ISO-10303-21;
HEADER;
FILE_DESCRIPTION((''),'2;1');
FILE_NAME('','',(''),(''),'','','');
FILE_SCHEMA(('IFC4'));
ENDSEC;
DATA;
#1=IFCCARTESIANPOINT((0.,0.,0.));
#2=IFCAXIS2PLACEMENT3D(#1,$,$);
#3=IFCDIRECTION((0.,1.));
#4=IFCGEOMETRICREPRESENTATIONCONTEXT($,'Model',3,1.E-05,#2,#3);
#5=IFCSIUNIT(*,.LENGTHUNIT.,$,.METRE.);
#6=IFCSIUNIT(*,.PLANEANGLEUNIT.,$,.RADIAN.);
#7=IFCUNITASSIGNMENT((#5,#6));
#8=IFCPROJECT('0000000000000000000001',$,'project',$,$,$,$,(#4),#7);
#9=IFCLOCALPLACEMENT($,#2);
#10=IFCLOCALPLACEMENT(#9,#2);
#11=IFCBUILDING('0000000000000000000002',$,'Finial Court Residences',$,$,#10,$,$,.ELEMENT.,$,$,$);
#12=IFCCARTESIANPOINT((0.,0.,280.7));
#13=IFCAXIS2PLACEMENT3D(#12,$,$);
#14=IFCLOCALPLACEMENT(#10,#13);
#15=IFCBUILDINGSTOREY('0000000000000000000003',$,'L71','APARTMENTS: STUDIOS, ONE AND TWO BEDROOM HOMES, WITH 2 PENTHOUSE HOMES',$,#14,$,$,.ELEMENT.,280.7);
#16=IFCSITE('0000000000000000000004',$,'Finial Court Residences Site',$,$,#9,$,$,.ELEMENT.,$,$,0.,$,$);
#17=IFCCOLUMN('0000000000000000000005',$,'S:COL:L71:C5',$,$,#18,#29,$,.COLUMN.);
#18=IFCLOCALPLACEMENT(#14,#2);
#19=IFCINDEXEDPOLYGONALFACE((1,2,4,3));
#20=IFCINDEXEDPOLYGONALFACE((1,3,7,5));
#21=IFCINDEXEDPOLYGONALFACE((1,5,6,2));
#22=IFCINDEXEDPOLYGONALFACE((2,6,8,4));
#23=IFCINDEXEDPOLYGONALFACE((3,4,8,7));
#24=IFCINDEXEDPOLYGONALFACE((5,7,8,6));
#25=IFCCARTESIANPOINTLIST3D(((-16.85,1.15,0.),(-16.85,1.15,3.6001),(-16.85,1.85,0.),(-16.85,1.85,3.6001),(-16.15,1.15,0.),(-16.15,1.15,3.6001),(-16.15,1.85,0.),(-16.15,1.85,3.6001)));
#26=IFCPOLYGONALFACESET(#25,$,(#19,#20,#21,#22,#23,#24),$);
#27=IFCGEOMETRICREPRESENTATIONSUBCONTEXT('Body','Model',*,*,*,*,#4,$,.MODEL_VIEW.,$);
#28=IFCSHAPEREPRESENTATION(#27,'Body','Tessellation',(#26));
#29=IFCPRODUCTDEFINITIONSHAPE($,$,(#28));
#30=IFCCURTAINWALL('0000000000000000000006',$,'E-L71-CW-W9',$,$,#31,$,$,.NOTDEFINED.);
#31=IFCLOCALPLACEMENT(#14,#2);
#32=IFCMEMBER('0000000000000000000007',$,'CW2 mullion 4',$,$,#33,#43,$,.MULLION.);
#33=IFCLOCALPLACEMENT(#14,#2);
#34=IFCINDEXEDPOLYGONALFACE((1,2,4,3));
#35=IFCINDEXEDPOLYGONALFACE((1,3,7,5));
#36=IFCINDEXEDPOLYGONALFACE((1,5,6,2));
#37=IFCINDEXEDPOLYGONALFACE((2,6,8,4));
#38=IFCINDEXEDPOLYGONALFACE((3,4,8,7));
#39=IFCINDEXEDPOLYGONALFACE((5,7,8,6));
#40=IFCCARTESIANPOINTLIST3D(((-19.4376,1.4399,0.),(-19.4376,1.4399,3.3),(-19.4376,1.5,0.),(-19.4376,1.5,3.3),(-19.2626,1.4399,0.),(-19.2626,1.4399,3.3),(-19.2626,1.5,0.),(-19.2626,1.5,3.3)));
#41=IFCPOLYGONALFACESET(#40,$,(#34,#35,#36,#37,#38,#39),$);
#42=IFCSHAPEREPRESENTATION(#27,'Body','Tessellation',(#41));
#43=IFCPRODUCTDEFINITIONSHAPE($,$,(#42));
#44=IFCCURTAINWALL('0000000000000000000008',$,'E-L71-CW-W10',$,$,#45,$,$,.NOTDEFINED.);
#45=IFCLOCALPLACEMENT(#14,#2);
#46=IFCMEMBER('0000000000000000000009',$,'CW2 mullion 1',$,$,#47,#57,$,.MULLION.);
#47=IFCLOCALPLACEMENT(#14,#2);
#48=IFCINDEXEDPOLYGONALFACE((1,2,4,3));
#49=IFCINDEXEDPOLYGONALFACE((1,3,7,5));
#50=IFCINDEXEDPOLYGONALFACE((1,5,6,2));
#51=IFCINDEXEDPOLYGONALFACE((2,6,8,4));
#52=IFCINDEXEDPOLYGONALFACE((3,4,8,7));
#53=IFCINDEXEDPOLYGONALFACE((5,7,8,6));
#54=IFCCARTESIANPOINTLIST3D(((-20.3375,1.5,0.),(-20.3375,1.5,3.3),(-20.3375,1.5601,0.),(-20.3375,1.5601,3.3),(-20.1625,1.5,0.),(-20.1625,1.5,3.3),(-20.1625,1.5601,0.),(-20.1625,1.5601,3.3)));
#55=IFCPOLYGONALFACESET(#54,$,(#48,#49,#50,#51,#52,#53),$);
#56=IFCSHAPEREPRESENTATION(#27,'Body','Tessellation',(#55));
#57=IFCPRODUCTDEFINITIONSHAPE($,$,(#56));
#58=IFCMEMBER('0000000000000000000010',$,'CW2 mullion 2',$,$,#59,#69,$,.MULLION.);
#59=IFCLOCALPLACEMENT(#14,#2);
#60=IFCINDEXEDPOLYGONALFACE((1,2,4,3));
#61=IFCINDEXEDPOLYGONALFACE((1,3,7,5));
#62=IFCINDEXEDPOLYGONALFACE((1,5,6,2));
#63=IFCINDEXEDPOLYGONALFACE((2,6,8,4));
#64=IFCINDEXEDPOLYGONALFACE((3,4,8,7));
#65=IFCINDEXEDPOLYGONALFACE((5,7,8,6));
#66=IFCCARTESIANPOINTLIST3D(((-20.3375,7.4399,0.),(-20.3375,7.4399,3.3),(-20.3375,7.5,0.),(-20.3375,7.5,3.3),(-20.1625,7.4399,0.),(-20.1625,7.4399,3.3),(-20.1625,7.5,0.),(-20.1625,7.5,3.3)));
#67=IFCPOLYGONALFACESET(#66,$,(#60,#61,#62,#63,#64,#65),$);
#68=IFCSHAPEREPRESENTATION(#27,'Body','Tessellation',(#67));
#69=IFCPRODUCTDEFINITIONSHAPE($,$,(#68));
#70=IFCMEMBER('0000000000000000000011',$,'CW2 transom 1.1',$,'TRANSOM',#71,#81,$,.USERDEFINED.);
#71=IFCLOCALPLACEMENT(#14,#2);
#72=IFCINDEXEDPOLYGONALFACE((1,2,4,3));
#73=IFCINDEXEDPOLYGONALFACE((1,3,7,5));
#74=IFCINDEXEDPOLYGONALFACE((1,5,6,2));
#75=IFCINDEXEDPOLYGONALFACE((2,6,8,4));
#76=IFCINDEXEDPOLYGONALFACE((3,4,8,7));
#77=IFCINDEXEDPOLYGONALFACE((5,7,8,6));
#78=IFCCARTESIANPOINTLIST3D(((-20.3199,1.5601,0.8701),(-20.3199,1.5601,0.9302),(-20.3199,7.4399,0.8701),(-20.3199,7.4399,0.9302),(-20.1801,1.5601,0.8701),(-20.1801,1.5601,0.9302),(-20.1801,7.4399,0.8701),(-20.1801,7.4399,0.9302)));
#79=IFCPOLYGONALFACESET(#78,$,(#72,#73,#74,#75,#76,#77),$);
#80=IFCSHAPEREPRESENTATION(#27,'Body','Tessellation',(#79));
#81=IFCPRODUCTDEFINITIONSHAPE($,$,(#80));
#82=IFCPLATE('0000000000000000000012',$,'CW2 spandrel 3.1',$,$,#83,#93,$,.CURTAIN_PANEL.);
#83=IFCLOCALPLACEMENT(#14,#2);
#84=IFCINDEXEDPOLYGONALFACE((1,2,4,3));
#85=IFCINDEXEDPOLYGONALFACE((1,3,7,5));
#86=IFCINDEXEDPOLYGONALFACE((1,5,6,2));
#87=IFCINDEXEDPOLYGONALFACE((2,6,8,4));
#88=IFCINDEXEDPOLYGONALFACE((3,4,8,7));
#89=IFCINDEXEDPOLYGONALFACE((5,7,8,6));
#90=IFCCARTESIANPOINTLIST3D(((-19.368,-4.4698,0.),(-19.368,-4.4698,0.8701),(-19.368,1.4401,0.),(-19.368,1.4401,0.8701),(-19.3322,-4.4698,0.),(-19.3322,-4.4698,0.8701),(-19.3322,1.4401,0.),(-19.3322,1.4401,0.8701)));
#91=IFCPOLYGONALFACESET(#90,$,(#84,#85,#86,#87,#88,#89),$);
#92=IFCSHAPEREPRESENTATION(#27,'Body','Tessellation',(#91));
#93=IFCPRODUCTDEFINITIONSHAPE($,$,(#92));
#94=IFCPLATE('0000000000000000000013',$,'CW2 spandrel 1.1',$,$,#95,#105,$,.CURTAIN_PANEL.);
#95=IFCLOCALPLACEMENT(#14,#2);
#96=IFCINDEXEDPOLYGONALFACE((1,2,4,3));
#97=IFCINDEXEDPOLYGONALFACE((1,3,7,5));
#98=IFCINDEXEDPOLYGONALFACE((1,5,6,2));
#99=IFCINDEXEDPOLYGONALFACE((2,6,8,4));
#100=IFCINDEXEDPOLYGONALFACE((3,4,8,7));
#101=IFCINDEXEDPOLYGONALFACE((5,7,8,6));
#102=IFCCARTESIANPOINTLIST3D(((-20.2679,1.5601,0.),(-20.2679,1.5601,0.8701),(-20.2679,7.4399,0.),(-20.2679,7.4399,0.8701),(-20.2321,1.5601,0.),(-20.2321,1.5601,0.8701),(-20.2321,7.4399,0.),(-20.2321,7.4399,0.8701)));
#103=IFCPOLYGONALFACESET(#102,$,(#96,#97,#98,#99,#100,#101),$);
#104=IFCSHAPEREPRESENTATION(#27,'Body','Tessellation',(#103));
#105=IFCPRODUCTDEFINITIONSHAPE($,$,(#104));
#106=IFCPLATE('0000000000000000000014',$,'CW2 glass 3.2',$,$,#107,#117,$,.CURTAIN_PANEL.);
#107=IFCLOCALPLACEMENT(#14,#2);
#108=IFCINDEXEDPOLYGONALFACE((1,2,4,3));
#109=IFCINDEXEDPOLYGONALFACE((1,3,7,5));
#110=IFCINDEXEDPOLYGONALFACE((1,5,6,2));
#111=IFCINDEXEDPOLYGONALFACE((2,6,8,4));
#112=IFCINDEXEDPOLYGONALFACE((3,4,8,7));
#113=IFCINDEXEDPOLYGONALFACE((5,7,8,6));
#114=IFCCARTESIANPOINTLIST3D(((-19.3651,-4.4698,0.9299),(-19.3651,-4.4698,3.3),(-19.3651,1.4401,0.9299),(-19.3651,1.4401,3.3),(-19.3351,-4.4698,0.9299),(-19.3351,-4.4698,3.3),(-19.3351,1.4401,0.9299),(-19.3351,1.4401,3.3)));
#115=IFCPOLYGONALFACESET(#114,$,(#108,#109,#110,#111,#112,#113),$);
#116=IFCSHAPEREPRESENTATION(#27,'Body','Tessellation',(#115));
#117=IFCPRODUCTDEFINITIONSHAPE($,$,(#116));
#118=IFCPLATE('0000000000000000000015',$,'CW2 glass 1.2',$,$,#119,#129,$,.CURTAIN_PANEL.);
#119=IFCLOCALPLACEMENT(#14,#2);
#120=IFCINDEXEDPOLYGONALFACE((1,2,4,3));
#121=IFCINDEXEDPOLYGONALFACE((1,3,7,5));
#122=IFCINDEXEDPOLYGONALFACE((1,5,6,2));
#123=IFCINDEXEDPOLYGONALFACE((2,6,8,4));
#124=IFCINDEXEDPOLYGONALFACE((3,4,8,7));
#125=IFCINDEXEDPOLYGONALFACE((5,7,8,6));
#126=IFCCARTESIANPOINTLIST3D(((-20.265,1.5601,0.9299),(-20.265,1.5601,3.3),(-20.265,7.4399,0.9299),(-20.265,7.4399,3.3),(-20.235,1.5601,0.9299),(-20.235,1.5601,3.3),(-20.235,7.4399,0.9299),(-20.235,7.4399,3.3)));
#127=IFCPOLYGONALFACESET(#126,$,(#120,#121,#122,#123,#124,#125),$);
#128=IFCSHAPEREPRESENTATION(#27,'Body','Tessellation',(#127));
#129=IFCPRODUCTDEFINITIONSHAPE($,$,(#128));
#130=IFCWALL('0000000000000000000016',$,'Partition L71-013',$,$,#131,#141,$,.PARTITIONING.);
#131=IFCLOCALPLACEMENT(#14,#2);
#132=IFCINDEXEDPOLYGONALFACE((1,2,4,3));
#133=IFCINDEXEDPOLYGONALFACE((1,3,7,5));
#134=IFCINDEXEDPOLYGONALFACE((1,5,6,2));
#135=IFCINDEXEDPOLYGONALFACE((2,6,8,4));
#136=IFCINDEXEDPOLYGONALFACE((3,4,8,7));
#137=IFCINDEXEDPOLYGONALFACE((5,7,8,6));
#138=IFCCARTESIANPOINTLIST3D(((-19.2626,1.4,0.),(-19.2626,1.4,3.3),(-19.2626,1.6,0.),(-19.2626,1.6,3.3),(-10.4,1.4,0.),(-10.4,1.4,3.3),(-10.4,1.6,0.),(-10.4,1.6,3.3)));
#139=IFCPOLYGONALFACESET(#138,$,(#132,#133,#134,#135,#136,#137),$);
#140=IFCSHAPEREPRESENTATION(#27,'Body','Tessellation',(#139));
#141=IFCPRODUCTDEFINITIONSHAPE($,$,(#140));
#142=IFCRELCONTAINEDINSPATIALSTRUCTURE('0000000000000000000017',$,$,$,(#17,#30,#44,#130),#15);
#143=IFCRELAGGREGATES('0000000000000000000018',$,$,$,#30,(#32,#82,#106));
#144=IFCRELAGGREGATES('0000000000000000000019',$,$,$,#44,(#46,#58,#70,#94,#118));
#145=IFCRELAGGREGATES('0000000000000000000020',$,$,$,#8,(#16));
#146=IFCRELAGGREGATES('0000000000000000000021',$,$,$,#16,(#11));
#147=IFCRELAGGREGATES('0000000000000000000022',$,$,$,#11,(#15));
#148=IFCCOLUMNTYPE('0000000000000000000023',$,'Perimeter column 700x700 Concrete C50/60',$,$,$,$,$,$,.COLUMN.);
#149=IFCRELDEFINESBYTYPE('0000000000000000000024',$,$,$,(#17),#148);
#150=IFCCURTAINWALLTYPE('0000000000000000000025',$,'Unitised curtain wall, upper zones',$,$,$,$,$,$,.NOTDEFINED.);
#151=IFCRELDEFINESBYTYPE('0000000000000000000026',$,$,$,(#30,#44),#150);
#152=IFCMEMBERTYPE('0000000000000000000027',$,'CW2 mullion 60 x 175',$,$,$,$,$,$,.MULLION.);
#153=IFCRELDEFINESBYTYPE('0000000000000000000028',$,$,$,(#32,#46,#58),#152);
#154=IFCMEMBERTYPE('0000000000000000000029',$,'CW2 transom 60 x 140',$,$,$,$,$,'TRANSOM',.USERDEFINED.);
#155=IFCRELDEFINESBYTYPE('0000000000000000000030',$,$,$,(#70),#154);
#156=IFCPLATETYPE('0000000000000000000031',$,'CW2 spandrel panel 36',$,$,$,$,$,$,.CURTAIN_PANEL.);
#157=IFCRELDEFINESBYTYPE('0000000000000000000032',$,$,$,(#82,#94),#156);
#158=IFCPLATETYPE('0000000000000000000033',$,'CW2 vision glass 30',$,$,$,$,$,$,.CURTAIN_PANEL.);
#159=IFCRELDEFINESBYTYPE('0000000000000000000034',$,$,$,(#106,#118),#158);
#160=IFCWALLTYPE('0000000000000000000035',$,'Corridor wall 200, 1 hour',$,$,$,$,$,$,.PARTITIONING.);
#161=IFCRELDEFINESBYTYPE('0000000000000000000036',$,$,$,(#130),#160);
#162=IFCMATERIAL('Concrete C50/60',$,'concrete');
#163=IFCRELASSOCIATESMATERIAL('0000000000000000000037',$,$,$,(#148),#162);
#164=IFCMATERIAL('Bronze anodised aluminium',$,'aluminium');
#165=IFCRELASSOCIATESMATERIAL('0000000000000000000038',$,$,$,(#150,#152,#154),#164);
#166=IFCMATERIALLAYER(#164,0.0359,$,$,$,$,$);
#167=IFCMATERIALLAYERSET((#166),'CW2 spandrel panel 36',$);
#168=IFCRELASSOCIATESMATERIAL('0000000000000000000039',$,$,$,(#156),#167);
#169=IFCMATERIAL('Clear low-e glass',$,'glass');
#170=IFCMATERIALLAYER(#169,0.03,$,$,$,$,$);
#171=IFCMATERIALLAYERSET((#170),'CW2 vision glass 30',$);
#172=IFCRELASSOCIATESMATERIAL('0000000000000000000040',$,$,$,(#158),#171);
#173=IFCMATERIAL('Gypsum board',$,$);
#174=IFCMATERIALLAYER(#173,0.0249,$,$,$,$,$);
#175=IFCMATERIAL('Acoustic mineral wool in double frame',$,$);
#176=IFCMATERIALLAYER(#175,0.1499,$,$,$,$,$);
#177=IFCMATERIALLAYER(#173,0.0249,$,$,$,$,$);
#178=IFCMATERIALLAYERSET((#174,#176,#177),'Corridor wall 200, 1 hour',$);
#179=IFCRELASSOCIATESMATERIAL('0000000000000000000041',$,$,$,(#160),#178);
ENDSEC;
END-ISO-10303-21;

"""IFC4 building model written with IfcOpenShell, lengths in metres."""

from ifc_helpers import new_model, si_unit, direction, frame, frame_2d, origin, origin_2d, place, context, subcontext, project, spatial, rectangle, extrude, material, layer, layer_set, material_profile, profile_set, type_object, element, aggregate, save


model = new_model("IFC4")

# Units and contexts
model_context = context("Model", 3, precision=1e-05, world=origin(), true_north=direction((0.0, 1.0)))
body_context = subcontext(model_context, "Body", "Model", "MODEL_VIEW")
ifc_project = project(units=[si_unit("LENGTHUNIT", "METRE"), si_unit("PLANEANGLEUNIT", "RADIAN")], contexts=[model_context])

# Site, building, storey
site_placement = place(None, origin())
site = spatial("IfcSite", under=ifc_project, at=site_placement, Name="Finial Court Residences Site", CompositionType="ELEMENT", RefElevation=0.0)
building_placement = place(site_placement, origin())
building = spatial("IfcBuilding", under=site, at=building_placement, Name="Finial Court Residences", CompositionType="ELEMENT")
storey_placement = place(building_placement, frame((0.0, 0.0, 280.7)))
storey = spatial("IfcBuildingStorey", under=building, at=storey_placement, Name="L71", Description="APARTMENTS: STUDIOS, ONE AND TWO BEDROOM HOMES, WITH 2 PENTHOUSE HOMES", CompositionType="ELEMENT", Elevation=280.7)

# Column
ifc_material_1 = material(Name="Concrete C50/60", Category="concrete")
ifc_material_profile_1 = material_profile(ifc_material_1, rectangle(XDim=0.7, YDim=0.7, at=origin_2d()), Name="700x700")
ifc_profile_set_1 = profile_set([ifc_material_profile_1], Name="Concrete C50/60")
column_type = type_object("IfcColumnType", Name="Perimeter column 700x700 Concrete C50/60", PredefinedType="COLUMN", material=ifc_profile_set_1)
column_placement = place(storey_placement, frame((-16.5, 1.5, 0.0), z_axis=(0.0, 0.0, 1.0), x_axis=(1.0, 0.0, 0.0)))
element("IfcColumn", 1, at=column_placement, inside=storey, type_object=column_type, Name="S:COL:L71:C5", PredefinedType="COLUMN", context=body_context, shape_type="SweptSolid", body=[
    extrude(rectangle(XDim=0.7, YDim=0.7, at=origin_2d()), origin(), (0.0, 0.0, 1.0), 3.6001),
])

# Curtain wall, member
ifc_material_2 = material(Name="Bronze anodised aluminium", Category="aluminium")
curtain_wall_type = type_object("IfcCurtainWallType", Name="Unitised curtain wall, upper zones", PredefinedType="NOTDEFINED", material=ifc_material_2)
curtain_wall_1_placement = place(storey_placement, origin())
curtain_wall_1 = element("IfcCurtainWall", 2, at=curtain_wall_1_placement, inside=storey, type_object=curtain_wall_type, Name="E-L71-CW-W9", PredefinedType="NOTDEFINED")
ifc_material_profile_2 = material_profile(ifc_material_2, rectangle(XDim=0.175, YDim=0.0601, at=origin_2d()), Name="CW2 mullion 60 x 175")
ifc_profile_set_2 = profile_set([ifc_material_profile_2], Name="Bronze anodised aluminium")
member_type_1 = type_object("IfcMemberType", Name="CW2 mullion 60 x 175", PredefinedType="MULLION", material=ifc_profile_set_2)
member_1_placement = place(storey_placement, frame((-19.3501, 1.47, 0.0), z_axis=(0.0, 0.0, 1.0), x_axis=(-1.0, 0.0, 0.0)))
member_1 = element("IfcMember", 3, at=member_1_placement, type_object=member_type_1, Name="CW2 mullion 4", PredefinedType="MULLION", context=body_context, shape_type="SweptSolid", body=[
    extrude(rectangle(XDim=0.175, YDim=0.0601, at=origin_2d()), origin(), (0.0, 0.0, 1.0), 3.3),
])

# Curtain wall, members
curtain_wall_2_placement = place(storey_placement, origin())
curtain_wall_2 = element("IfcCurtainWall", 4, at=curtain_wall_2_placement, inside=storey, type_object=curtain_wall_type, Name="E-L71-CW-W10", PredefinedType="NOTDEFINED")
member_2_placement = place(storey_placement, frame((-20.25, 1.53, 0.0), z_axis=(0.0, 0.0, 1.0), x_axis=(-1.0, 0.0, 0.0)))
member_2 = element("IfcMember", 5, at=member_2_placement, type_object=member_type_1, Name="CW2 mullion 1", PredefinedType="MULLION", context=body_context, shape_type="SweptSolid", body=[
    extrude(rectangle(XDim=0.175, YDim=0.0601, at=origin_2d()), origin(), (0.0, 0.0, 1.0), 3.3),
])
member_3_placement = place(storey_placement, frame((-20.25, 7.47, 0.0), z_axis=(0.0, 0.0, 1.0), x_axis=(-1.0, 0.0, 0.0)))
member_3 = element("IfcMember", 6, at=member_3_placement, type_object=member_type_1, Name="CW2 mullion 2", PredefinedType="MULLION", context=body_context, shape_type="SweptSolid", body=[
    extrude(rectangle(XDim=0.175, YDim=0.0601, at=origin_2d()), origin(), (0.0, 0.0, 1.0), 3.3),
])
ifc_material_profile_3 = material_profile(ifc_material_2, rectangle(XDim=0.1399, YDim=0.0601, at=origin_2d()), Name="CW2 transom 60 x 140")
ifc_profile_set_3 = profile_set([ifc_material_profile_3], Name="Bronze anodised aluminium")
member_type_2 = type_object("IfcMemberType", Name="CW2 transom 60 x 140", ElementType="TRANSOM", PredefinedType="USERDEFINED", material=ifc_profile_set_3)
member_4_placement = place(storey_placement, frame((-20.25, 1.5601, 0.9001), z_axis=(0.0, 1.0, 0.0), x_axis=(-1.0, 0.0, 0.0)))
member_4 = element("IfcMember", 7, at=member_4_placement, type_object=member_type_2, Name="CW2 transom 1.1", ObjectType="TRANSOM", PredefinedType="USERDEFINED", context=body_context, shape_type="SweptSolid", body=[
    extrude(rectangle(XDim=0.1399, YDim=0.0601, at=origin_2d()), origin(), (0.0, 0.0, 1.0), 5.8799),
])

# Plates
ifc_layer_1 = layer(ifc_material_2, 0.0359)
ifc_layer_set_1 = layer_set([ifc_layer_1], Name="CW2 spandrel panel 36")
plate_type_1 = type_object("IfcPlateType", Name="CW2 spandrel panel 36", PredefinedType="CURTAIN_PANEL", material=ifc_layer_set_1)
plate_1_placement = place(storey_placement, frame((-19.3501, -1.5149, 0.0), z_axis=(0.0, 0.0, 1.0), x_axis=(0.0, 1.0, 0.0)))
plate_1 = element("IfcPlate", 8, at=plate_1_placement, type_object=plate_type_1, Name="CW2 spandrel 3.1", PredefinedType="CURTAIN_PANEL", context=body_context, shape_type="SweptSolid", body=[
    extrude(rectangle(XDim=5.9099, YDim=0.0359, at=origin_2d()), origin(), (0.0, 0.0, 1.0), 0.8701),
])
plate_2_placement = place(storey_placement, frame((-20.25, 4.5, 0.0), z_axis=(0.0, 0.0, 1.0), x_axis=(0.0, 1.0, 0.0)))
plate_2 = element("IfcPlate", 9, at=plate_2_placement, type_object=plate_type_1, Name="CW2 spandrel 1.1", PredefinedType="CURTAIN_PANEL", context=body_context, shape_type="SweptSolid", body=[
    extrude(rectangle(XDim=5.8799, YDim=0.0359, at=origin_2d()), origin(), (0.0, 0.0, 1.0), 0.8701),
])
ifc_material_3 = material(Name="Clear low-e glass", Category="glass")
ifc_layer_2 = layer(ifc_material_3, 0.03)
ifc_layer_set_2 = layer_set([ifc_layer_2], Name="CW2 vision glass 30")
plate_type_2 = type_object("IfcPlateType", Name="CW2 vision glass 30", PredefinedType="CURTAIN_PANEL", material=ifc_layer_set_2)
plate_3_placement = place(storey_placement, frame((-19.3501, -1.5149, 0.9299), z_axis=(0.0, 0.0, 1.0), x_axis=(0.0, 1.0, 0.0)))
plate_3 = element("IfcPlate", 10, at=plate_3_placement, type_object=plate_type_2, Name="CW2 glass 3.2", PredefinedType="CURTAIN_PANEL", context=body_context, shape_type="SweptSolid", body=[
    extrude(rectangle(XDim=5.9099, YDim=0.03, at=origin_2d()), origin(), (0.0, 0.0, 1.0), 2.3701),
])
aggregate(curtain_wall_1, [member_1, plate_1, plate_3])
plate_4_placement = place(storey_placement, frame((-20.25, 4.5, 0.9299), z_axis=(0.0, 0.0, 1.0), x_axis=(0.0, 1.0, 0.0)))
plate_4 = element("IfcPlate", 11, at=plate_4_placement, type_object=plate_type_2, Name="CW2 glass 1.2", PredefinedType="CURTAIN_PANEL", context=body_context, shape_type="SweptSolid", body=[
    extrude(rectangle(XDim=5.8799, YDim=0.03, at=origin_2d()), origin(), (0.0, 0.0, 1.0), 2.3701),
])
aggregate(curtain_wall_2, [member_2, member_3, member_4, plate_2, plate_4])

# Wall
ifc_material_4 = material(Name="Gypsum board")
ifc_layer_3 = layer(ifc_material_4, 0.0249)
ifc_material_5 = material(Name="Acoustic mineral wool in double frame")
ifc_layer_4 = layer(ifc_material_5, 0.1499)
ifc_layer_5 = layer(ifc_material_4, 0.0249)
ifc_layer_set_3 = layer_set([ifc_layer_3, ifc_layer_4, ifc_layer_5], Name="Corridor wall 200, 1 hour")
wall_type_1 = type_object("IfcWallType", Name="Corridor wall 200, 1 hour", PredefinedType="PARTITIONING", material=ifc_layer_set_3)
wall_1_placement = place(storey_placement, frame((-19.2625, 1.5, 0.0), z_axis=(0.0, 0.0, 1.0), x_axis=(1.0, 0.0, 0.0)))
element("IfcWall", 12, at=wall_1_placement, inside=storey, type_object=wall_type_1, Name="Partition L71-013", PredefinedType="PARTITIONING", context=body_context, shape_type="SweptSolid", body=[
    extrude(rectangle(XDim=8.8625, YDim=0.2, at=frame_2d((4.4312, 0.0))), origin(), (0.0, 0.0, 1.0), 3.3),
])

save(model, "model.ifc")
